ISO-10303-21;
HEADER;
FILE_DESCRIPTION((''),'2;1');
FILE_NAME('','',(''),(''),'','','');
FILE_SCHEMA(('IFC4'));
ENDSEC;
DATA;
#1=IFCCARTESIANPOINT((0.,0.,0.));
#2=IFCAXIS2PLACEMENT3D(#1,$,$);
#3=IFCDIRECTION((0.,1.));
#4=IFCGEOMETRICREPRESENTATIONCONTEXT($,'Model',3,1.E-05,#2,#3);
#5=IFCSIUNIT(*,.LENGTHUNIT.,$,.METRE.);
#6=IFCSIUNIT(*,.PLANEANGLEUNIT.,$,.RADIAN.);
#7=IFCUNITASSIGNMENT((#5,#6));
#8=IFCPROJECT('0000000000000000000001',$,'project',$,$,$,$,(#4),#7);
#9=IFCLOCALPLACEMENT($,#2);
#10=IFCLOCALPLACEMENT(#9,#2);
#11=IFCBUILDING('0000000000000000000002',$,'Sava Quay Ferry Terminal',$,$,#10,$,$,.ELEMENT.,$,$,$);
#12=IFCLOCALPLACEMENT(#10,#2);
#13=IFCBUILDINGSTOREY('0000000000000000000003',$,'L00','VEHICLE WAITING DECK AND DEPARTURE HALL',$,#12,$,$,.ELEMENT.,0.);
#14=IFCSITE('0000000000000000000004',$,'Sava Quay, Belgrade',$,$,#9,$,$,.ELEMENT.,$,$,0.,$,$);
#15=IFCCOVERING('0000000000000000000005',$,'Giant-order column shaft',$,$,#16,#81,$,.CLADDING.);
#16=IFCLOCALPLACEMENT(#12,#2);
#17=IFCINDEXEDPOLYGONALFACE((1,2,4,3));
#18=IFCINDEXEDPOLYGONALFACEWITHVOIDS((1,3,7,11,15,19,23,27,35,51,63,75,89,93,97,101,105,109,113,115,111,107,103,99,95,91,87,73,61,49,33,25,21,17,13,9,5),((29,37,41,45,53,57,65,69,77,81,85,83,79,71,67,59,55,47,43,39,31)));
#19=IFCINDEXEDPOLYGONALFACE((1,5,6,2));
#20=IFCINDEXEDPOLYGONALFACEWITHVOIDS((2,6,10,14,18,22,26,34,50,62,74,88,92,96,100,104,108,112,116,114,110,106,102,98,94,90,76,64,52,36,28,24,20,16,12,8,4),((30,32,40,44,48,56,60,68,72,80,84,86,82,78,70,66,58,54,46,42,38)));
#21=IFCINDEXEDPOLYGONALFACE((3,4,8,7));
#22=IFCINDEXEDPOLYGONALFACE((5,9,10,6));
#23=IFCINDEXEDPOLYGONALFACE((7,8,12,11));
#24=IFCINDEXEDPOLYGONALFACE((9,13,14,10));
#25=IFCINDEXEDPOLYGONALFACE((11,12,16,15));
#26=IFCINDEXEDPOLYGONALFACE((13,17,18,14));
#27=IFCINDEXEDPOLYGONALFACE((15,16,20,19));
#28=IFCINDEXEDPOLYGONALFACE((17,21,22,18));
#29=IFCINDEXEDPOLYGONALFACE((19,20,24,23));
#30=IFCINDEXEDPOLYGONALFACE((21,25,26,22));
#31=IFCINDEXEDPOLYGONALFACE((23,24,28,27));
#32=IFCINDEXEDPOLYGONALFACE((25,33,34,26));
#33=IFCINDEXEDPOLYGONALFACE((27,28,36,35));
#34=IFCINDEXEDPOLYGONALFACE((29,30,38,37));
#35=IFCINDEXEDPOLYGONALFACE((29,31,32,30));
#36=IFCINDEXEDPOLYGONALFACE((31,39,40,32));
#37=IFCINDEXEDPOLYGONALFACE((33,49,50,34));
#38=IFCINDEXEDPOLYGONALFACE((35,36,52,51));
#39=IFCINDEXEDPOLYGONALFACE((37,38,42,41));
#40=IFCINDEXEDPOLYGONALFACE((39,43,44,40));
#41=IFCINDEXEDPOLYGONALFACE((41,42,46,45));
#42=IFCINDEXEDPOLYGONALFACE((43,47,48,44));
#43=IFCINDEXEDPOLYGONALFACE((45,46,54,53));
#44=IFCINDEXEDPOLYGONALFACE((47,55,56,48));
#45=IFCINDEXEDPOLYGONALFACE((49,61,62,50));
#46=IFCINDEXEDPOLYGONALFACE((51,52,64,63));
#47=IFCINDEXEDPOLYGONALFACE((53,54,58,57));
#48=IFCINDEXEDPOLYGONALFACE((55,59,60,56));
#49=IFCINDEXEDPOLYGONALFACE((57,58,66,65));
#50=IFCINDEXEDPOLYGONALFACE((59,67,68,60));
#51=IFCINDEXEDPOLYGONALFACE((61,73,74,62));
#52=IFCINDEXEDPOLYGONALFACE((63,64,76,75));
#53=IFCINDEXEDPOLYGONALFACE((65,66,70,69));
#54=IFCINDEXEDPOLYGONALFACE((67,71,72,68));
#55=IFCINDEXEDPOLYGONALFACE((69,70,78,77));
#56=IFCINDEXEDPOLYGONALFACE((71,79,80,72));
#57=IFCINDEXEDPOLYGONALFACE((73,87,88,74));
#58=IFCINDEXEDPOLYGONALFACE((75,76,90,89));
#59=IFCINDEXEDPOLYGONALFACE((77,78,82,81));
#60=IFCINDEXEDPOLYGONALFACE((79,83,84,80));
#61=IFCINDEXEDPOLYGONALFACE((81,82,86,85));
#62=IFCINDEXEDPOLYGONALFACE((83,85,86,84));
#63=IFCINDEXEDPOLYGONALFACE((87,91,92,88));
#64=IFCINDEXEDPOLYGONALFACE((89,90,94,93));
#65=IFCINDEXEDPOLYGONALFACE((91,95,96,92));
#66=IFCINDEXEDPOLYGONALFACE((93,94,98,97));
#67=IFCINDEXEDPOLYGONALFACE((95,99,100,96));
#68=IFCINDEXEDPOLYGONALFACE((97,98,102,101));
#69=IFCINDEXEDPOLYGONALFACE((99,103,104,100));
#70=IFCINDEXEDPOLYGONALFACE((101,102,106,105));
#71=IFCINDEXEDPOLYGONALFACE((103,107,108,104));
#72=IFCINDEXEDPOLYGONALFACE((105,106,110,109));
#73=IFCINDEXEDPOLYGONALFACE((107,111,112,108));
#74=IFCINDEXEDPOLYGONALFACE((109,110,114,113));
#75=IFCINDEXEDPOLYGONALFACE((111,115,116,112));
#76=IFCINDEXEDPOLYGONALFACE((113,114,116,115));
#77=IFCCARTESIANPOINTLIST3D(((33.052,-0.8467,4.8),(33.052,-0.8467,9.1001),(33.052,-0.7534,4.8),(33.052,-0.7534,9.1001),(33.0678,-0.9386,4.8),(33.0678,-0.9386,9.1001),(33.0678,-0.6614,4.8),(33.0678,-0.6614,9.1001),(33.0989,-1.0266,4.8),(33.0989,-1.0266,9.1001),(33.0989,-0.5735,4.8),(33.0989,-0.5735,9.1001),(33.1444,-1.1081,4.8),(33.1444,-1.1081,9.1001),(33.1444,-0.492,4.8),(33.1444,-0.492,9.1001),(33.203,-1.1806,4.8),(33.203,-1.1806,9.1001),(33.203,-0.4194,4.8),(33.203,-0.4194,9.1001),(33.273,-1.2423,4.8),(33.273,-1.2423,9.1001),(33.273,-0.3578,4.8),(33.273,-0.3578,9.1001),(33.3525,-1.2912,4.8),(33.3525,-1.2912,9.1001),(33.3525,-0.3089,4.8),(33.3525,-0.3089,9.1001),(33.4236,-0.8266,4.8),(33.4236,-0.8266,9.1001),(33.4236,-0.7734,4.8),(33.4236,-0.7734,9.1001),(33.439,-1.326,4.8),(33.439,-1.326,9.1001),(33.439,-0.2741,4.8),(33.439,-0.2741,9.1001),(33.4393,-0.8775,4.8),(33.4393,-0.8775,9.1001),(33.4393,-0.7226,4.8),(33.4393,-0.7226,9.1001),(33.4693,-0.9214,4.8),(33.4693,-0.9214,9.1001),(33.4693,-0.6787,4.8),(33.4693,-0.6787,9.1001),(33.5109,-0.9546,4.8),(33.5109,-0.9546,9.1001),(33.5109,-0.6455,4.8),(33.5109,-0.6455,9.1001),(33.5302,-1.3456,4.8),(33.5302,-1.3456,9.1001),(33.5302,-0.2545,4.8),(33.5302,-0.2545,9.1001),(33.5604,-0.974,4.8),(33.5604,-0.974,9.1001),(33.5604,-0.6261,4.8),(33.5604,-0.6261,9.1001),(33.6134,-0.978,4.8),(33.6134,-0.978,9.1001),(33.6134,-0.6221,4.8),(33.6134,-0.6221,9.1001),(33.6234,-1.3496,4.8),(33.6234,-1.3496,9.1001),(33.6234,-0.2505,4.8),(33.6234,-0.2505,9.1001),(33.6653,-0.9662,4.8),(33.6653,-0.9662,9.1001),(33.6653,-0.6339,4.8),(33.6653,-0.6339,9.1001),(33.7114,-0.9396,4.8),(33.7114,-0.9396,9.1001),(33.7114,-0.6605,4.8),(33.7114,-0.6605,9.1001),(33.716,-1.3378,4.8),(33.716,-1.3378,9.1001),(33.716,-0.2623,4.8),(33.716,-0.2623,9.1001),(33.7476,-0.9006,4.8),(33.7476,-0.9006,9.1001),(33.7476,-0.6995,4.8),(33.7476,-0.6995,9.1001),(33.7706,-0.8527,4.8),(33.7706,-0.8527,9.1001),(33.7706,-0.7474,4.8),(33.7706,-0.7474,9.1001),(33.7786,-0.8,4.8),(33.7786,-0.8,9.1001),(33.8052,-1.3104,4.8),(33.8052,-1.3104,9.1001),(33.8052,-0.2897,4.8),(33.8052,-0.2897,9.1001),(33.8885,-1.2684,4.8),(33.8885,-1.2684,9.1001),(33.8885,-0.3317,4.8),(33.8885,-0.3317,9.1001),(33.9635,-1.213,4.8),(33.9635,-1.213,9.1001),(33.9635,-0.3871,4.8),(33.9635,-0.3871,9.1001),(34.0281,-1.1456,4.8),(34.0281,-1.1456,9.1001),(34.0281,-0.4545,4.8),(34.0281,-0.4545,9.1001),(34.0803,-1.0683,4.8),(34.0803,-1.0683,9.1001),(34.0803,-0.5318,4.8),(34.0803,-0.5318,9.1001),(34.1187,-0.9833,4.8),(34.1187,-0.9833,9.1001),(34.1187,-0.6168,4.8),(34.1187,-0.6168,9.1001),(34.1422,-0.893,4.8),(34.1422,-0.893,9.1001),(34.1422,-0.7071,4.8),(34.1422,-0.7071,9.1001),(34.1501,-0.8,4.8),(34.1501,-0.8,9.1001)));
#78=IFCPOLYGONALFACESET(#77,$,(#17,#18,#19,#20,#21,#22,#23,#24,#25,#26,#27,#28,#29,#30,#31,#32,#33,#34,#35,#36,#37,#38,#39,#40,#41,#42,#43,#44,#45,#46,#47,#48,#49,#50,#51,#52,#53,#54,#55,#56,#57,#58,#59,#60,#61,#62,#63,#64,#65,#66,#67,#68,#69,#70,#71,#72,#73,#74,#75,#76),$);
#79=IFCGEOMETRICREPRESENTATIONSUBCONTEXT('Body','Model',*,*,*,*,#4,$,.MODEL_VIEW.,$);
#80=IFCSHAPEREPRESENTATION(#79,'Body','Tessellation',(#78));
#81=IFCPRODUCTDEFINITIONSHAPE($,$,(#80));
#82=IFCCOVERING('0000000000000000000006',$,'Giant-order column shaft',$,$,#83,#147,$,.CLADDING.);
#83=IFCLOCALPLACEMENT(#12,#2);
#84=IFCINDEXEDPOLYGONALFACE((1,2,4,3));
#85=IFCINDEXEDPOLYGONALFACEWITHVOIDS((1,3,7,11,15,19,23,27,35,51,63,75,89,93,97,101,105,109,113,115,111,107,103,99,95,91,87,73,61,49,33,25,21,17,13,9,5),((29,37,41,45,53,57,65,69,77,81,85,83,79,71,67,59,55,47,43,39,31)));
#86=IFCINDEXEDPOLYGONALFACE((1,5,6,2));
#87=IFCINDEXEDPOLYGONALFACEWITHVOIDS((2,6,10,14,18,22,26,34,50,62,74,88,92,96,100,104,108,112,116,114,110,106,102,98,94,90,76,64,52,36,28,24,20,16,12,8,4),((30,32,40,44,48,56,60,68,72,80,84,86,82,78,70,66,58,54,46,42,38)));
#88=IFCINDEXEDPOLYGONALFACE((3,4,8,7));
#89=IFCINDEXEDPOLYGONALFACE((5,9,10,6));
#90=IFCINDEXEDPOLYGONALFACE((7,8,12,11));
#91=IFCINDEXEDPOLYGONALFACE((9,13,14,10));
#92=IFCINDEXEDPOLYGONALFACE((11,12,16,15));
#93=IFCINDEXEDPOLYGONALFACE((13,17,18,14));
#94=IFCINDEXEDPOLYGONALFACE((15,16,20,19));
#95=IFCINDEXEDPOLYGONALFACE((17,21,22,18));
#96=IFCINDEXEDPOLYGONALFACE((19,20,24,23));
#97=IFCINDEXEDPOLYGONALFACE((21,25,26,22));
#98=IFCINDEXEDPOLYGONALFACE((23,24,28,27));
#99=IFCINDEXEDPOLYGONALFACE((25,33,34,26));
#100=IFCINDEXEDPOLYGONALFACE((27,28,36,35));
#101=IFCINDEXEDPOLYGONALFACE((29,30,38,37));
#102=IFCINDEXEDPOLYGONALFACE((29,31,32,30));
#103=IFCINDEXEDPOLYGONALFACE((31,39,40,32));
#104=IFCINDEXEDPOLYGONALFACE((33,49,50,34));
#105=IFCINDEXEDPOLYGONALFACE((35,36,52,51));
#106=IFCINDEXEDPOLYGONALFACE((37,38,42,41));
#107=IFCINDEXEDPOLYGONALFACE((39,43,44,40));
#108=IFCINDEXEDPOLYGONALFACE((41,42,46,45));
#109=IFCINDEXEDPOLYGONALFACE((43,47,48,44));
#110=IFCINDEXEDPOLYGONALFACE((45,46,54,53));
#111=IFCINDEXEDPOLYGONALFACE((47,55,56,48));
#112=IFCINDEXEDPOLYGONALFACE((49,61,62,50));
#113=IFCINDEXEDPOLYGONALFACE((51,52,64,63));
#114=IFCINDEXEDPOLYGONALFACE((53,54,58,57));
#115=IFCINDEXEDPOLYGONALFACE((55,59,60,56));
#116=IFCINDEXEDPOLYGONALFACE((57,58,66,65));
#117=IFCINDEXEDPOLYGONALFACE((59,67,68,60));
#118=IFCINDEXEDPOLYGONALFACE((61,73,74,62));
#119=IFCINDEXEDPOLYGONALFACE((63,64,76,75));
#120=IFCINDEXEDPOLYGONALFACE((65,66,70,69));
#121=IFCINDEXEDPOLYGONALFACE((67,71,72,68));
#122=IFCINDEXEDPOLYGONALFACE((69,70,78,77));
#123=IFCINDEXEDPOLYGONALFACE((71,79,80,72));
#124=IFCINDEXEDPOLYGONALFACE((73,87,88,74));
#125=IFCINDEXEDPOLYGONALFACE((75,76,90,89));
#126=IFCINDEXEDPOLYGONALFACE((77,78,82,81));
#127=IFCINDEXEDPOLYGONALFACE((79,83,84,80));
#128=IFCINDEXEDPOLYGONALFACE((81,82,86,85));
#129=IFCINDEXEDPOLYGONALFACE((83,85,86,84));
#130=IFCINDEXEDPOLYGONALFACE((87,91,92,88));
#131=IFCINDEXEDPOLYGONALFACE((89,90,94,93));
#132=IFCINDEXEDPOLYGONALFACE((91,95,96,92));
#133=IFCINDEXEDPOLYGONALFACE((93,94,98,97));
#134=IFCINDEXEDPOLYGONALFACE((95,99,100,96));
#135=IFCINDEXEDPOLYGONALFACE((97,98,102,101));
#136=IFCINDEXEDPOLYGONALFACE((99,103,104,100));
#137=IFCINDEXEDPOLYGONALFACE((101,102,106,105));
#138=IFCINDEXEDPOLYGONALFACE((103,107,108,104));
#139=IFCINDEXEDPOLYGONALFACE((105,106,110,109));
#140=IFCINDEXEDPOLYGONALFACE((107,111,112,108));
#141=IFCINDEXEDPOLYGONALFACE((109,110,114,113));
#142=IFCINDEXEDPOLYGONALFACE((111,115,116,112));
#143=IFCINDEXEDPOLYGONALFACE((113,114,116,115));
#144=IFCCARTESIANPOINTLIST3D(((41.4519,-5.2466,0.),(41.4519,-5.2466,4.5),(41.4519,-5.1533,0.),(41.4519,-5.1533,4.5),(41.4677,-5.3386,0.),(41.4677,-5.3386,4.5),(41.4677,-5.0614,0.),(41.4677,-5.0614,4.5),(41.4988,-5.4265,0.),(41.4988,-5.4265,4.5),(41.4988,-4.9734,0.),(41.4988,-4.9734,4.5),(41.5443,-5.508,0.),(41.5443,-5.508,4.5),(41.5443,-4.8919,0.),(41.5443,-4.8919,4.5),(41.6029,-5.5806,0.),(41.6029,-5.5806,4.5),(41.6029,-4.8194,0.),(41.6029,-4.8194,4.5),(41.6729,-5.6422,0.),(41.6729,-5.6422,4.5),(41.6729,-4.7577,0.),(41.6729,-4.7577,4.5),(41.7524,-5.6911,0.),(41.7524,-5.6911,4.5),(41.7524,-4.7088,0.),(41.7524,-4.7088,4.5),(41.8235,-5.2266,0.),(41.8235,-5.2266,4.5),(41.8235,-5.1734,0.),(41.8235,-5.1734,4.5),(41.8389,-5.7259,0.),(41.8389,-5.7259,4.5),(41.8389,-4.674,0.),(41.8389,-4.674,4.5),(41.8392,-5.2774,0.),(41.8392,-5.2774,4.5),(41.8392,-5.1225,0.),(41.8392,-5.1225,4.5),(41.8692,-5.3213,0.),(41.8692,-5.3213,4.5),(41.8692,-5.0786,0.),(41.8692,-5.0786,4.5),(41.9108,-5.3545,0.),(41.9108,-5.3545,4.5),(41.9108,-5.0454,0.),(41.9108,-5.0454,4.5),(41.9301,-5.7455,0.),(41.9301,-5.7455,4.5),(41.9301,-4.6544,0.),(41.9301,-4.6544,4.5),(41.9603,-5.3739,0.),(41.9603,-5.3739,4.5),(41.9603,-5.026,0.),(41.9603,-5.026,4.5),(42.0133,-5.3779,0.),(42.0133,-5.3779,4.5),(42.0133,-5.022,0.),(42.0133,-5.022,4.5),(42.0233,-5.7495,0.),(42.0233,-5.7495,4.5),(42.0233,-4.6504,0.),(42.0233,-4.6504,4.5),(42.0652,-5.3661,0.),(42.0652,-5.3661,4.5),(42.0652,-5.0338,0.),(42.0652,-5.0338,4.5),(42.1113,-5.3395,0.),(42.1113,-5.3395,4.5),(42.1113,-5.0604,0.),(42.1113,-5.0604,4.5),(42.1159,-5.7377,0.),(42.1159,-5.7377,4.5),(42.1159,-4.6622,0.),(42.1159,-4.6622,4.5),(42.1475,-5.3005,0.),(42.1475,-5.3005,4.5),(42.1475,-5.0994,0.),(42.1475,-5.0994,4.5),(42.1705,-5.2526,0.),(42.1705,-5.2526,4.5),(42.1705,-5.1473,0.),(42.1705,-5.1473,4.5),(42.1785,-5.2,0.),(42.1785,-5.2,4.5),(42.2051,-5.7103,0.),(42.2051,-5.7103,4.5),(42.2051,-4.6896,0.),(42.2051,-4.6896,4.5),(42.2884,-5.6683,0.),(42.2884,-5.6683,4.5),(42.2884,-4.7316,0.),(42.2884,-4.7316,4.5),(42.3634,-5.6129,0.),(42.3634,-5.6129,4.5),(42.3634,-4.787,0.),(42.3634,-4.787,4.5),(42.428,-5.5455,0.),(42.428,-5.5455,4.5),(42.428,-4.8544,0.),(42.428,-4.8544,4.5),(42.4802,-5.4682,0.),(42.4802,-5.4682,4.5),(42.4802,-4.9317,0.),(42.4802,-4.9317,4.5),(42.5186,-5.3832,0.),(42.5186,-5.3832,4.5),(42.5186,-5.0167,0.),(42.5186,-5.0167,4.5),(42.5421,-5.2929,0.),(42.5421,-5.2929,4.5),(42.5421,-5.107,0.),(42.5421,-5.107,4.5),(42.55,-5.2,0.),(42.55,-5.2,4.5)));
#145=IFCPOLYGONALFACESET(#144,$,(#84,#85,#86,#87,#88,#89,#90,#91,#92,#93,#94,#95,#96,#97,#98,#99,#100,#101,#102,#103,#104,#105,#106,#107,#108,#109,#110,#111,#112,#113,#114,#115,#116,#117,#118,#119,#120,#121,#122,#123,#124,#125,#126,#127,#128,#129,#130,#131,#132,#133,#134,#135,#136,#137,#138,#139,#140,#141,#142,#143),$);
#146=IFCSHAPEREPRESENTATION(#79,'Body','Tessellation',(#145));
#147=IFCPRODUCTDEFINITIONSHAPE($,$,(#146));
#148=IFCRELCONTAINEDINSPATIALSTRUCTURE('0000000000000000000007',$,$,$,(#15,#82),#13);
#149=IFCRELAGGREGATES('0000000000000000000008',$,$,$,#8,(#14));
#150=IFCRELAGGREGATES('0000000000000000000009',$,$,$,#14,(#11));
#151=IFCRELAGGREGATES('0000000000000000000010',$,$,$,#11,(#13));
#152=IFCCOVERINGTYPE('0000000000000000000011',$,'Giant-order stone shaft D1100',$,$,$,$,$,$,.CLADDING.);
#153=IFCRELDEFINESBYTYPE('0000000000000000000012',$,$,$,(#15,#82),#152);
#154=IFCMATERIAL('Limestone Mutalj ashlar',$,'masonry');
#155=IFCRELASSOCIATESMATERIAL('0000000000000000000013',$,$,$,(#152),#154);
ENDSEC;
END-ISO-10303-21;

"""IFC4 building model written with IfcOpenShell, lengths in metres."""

from ifc_helpers import new_model, si_unit, direction, frame, origin, origin_2d, place, context, subcontext, project, spatial, hollow_circle, extrude, material, material_profile, profile_set, type_object, element, save


model = new_model("IFC4")

# Units and contexts
model_context = context("Model", 3, precision=1e-05, world=origin(), true_north=direction((0.0, 1.0)))
body_context = subcontext(model_context, "Body", "Model", "MODEL_VIEW")
ifc_project = project(units=[si_unit("LENGTHUNIT", "METRE"), si_unit("PLANEANGLEUNIT", "RADIAN")], contexts=[model_context])

# Site, building, storey
site_placement = place(None, origin())
site = spatial("IfcSite", under=ifc_project, at=site_placement, Name="Sava Quay, Belgrade", CompositionType="ELEMENT", RefElevation=0.0)
building_placement = place(site_placement, origin())
building = spatial("IfcBuilding", under=site, at=building_placement, Name="Sava Quay Ferry Terminal", CompositionType="ELEMENT")
storey_placement = place(building_placement, origin())
storey = spatial("IfcBuildingStorey", under=building, at=storey_placement, Name="L00", Description="VEHICLE WAITING DECK AND DEPARTURE HALL", CompositionType="ELEMENT", Elevation=0.0)

# Coverings
ifc_material_1 = material(Name="Limestone Mutalj ashlar", Category="masonry")
ifc_material_profile_1 = material_profile(ifc_material_1, hollow_circle(Radius=0.55, WallThickness=0.3716, at=origin_2d()), Name="Stone shaft D1100")
ifc_profile_set_1 = profile_set([ifc_material_profile_1], Name="Limestone Mutalj ashlar")
covering_type_1 = type_object("IfcCoveringType", Name="Giant-order stone shaft D1100", PredefinedType="CLADDING", material=ifc_profile_set_1)
covering_1_placement = place(storey_placement, frame((33.6001, -0.8, 4.8), z_axis=(0.0, 0.0, 1.0), x_axis=(1.0, 0.0, 0.0)))
element("IfcCovering", 1, at=covering_1_placement, inside=storey, type_object=covering_type_1, Name="Giant-order column shaft", PredefinedType="CLADDING", context=body_context, shape_type="SweptSolid", body=[
    extrude(hollow_circle(Radius=0.55, WallThickness=0.3716, at=origin_2d()), origin(), (0.0, 0.0, 1.0), 4.3),
])
covering_2_placement = place(storey_placement, frame((42.0, -5.2, 0.0), z_axis=(0.0, 0.0, 1.0), x_axis=(1.0, 0.0, 0.0)))
element("IfcCovering", 2, at=covering_2_placement, inside=storey, type_object=covering_type_1, Name="Giant-order column shaft", PredefinedType="CLADDING", context=body_context, shape_type="SweptSolid", body=[
    extrude(hollow_circle(Radius=0.55, WallThickness=0.3716, at=origin_2d()), origin(), (0.0, 0.0, 1.0), 4.5),
])

save(model, "model.ifc")
